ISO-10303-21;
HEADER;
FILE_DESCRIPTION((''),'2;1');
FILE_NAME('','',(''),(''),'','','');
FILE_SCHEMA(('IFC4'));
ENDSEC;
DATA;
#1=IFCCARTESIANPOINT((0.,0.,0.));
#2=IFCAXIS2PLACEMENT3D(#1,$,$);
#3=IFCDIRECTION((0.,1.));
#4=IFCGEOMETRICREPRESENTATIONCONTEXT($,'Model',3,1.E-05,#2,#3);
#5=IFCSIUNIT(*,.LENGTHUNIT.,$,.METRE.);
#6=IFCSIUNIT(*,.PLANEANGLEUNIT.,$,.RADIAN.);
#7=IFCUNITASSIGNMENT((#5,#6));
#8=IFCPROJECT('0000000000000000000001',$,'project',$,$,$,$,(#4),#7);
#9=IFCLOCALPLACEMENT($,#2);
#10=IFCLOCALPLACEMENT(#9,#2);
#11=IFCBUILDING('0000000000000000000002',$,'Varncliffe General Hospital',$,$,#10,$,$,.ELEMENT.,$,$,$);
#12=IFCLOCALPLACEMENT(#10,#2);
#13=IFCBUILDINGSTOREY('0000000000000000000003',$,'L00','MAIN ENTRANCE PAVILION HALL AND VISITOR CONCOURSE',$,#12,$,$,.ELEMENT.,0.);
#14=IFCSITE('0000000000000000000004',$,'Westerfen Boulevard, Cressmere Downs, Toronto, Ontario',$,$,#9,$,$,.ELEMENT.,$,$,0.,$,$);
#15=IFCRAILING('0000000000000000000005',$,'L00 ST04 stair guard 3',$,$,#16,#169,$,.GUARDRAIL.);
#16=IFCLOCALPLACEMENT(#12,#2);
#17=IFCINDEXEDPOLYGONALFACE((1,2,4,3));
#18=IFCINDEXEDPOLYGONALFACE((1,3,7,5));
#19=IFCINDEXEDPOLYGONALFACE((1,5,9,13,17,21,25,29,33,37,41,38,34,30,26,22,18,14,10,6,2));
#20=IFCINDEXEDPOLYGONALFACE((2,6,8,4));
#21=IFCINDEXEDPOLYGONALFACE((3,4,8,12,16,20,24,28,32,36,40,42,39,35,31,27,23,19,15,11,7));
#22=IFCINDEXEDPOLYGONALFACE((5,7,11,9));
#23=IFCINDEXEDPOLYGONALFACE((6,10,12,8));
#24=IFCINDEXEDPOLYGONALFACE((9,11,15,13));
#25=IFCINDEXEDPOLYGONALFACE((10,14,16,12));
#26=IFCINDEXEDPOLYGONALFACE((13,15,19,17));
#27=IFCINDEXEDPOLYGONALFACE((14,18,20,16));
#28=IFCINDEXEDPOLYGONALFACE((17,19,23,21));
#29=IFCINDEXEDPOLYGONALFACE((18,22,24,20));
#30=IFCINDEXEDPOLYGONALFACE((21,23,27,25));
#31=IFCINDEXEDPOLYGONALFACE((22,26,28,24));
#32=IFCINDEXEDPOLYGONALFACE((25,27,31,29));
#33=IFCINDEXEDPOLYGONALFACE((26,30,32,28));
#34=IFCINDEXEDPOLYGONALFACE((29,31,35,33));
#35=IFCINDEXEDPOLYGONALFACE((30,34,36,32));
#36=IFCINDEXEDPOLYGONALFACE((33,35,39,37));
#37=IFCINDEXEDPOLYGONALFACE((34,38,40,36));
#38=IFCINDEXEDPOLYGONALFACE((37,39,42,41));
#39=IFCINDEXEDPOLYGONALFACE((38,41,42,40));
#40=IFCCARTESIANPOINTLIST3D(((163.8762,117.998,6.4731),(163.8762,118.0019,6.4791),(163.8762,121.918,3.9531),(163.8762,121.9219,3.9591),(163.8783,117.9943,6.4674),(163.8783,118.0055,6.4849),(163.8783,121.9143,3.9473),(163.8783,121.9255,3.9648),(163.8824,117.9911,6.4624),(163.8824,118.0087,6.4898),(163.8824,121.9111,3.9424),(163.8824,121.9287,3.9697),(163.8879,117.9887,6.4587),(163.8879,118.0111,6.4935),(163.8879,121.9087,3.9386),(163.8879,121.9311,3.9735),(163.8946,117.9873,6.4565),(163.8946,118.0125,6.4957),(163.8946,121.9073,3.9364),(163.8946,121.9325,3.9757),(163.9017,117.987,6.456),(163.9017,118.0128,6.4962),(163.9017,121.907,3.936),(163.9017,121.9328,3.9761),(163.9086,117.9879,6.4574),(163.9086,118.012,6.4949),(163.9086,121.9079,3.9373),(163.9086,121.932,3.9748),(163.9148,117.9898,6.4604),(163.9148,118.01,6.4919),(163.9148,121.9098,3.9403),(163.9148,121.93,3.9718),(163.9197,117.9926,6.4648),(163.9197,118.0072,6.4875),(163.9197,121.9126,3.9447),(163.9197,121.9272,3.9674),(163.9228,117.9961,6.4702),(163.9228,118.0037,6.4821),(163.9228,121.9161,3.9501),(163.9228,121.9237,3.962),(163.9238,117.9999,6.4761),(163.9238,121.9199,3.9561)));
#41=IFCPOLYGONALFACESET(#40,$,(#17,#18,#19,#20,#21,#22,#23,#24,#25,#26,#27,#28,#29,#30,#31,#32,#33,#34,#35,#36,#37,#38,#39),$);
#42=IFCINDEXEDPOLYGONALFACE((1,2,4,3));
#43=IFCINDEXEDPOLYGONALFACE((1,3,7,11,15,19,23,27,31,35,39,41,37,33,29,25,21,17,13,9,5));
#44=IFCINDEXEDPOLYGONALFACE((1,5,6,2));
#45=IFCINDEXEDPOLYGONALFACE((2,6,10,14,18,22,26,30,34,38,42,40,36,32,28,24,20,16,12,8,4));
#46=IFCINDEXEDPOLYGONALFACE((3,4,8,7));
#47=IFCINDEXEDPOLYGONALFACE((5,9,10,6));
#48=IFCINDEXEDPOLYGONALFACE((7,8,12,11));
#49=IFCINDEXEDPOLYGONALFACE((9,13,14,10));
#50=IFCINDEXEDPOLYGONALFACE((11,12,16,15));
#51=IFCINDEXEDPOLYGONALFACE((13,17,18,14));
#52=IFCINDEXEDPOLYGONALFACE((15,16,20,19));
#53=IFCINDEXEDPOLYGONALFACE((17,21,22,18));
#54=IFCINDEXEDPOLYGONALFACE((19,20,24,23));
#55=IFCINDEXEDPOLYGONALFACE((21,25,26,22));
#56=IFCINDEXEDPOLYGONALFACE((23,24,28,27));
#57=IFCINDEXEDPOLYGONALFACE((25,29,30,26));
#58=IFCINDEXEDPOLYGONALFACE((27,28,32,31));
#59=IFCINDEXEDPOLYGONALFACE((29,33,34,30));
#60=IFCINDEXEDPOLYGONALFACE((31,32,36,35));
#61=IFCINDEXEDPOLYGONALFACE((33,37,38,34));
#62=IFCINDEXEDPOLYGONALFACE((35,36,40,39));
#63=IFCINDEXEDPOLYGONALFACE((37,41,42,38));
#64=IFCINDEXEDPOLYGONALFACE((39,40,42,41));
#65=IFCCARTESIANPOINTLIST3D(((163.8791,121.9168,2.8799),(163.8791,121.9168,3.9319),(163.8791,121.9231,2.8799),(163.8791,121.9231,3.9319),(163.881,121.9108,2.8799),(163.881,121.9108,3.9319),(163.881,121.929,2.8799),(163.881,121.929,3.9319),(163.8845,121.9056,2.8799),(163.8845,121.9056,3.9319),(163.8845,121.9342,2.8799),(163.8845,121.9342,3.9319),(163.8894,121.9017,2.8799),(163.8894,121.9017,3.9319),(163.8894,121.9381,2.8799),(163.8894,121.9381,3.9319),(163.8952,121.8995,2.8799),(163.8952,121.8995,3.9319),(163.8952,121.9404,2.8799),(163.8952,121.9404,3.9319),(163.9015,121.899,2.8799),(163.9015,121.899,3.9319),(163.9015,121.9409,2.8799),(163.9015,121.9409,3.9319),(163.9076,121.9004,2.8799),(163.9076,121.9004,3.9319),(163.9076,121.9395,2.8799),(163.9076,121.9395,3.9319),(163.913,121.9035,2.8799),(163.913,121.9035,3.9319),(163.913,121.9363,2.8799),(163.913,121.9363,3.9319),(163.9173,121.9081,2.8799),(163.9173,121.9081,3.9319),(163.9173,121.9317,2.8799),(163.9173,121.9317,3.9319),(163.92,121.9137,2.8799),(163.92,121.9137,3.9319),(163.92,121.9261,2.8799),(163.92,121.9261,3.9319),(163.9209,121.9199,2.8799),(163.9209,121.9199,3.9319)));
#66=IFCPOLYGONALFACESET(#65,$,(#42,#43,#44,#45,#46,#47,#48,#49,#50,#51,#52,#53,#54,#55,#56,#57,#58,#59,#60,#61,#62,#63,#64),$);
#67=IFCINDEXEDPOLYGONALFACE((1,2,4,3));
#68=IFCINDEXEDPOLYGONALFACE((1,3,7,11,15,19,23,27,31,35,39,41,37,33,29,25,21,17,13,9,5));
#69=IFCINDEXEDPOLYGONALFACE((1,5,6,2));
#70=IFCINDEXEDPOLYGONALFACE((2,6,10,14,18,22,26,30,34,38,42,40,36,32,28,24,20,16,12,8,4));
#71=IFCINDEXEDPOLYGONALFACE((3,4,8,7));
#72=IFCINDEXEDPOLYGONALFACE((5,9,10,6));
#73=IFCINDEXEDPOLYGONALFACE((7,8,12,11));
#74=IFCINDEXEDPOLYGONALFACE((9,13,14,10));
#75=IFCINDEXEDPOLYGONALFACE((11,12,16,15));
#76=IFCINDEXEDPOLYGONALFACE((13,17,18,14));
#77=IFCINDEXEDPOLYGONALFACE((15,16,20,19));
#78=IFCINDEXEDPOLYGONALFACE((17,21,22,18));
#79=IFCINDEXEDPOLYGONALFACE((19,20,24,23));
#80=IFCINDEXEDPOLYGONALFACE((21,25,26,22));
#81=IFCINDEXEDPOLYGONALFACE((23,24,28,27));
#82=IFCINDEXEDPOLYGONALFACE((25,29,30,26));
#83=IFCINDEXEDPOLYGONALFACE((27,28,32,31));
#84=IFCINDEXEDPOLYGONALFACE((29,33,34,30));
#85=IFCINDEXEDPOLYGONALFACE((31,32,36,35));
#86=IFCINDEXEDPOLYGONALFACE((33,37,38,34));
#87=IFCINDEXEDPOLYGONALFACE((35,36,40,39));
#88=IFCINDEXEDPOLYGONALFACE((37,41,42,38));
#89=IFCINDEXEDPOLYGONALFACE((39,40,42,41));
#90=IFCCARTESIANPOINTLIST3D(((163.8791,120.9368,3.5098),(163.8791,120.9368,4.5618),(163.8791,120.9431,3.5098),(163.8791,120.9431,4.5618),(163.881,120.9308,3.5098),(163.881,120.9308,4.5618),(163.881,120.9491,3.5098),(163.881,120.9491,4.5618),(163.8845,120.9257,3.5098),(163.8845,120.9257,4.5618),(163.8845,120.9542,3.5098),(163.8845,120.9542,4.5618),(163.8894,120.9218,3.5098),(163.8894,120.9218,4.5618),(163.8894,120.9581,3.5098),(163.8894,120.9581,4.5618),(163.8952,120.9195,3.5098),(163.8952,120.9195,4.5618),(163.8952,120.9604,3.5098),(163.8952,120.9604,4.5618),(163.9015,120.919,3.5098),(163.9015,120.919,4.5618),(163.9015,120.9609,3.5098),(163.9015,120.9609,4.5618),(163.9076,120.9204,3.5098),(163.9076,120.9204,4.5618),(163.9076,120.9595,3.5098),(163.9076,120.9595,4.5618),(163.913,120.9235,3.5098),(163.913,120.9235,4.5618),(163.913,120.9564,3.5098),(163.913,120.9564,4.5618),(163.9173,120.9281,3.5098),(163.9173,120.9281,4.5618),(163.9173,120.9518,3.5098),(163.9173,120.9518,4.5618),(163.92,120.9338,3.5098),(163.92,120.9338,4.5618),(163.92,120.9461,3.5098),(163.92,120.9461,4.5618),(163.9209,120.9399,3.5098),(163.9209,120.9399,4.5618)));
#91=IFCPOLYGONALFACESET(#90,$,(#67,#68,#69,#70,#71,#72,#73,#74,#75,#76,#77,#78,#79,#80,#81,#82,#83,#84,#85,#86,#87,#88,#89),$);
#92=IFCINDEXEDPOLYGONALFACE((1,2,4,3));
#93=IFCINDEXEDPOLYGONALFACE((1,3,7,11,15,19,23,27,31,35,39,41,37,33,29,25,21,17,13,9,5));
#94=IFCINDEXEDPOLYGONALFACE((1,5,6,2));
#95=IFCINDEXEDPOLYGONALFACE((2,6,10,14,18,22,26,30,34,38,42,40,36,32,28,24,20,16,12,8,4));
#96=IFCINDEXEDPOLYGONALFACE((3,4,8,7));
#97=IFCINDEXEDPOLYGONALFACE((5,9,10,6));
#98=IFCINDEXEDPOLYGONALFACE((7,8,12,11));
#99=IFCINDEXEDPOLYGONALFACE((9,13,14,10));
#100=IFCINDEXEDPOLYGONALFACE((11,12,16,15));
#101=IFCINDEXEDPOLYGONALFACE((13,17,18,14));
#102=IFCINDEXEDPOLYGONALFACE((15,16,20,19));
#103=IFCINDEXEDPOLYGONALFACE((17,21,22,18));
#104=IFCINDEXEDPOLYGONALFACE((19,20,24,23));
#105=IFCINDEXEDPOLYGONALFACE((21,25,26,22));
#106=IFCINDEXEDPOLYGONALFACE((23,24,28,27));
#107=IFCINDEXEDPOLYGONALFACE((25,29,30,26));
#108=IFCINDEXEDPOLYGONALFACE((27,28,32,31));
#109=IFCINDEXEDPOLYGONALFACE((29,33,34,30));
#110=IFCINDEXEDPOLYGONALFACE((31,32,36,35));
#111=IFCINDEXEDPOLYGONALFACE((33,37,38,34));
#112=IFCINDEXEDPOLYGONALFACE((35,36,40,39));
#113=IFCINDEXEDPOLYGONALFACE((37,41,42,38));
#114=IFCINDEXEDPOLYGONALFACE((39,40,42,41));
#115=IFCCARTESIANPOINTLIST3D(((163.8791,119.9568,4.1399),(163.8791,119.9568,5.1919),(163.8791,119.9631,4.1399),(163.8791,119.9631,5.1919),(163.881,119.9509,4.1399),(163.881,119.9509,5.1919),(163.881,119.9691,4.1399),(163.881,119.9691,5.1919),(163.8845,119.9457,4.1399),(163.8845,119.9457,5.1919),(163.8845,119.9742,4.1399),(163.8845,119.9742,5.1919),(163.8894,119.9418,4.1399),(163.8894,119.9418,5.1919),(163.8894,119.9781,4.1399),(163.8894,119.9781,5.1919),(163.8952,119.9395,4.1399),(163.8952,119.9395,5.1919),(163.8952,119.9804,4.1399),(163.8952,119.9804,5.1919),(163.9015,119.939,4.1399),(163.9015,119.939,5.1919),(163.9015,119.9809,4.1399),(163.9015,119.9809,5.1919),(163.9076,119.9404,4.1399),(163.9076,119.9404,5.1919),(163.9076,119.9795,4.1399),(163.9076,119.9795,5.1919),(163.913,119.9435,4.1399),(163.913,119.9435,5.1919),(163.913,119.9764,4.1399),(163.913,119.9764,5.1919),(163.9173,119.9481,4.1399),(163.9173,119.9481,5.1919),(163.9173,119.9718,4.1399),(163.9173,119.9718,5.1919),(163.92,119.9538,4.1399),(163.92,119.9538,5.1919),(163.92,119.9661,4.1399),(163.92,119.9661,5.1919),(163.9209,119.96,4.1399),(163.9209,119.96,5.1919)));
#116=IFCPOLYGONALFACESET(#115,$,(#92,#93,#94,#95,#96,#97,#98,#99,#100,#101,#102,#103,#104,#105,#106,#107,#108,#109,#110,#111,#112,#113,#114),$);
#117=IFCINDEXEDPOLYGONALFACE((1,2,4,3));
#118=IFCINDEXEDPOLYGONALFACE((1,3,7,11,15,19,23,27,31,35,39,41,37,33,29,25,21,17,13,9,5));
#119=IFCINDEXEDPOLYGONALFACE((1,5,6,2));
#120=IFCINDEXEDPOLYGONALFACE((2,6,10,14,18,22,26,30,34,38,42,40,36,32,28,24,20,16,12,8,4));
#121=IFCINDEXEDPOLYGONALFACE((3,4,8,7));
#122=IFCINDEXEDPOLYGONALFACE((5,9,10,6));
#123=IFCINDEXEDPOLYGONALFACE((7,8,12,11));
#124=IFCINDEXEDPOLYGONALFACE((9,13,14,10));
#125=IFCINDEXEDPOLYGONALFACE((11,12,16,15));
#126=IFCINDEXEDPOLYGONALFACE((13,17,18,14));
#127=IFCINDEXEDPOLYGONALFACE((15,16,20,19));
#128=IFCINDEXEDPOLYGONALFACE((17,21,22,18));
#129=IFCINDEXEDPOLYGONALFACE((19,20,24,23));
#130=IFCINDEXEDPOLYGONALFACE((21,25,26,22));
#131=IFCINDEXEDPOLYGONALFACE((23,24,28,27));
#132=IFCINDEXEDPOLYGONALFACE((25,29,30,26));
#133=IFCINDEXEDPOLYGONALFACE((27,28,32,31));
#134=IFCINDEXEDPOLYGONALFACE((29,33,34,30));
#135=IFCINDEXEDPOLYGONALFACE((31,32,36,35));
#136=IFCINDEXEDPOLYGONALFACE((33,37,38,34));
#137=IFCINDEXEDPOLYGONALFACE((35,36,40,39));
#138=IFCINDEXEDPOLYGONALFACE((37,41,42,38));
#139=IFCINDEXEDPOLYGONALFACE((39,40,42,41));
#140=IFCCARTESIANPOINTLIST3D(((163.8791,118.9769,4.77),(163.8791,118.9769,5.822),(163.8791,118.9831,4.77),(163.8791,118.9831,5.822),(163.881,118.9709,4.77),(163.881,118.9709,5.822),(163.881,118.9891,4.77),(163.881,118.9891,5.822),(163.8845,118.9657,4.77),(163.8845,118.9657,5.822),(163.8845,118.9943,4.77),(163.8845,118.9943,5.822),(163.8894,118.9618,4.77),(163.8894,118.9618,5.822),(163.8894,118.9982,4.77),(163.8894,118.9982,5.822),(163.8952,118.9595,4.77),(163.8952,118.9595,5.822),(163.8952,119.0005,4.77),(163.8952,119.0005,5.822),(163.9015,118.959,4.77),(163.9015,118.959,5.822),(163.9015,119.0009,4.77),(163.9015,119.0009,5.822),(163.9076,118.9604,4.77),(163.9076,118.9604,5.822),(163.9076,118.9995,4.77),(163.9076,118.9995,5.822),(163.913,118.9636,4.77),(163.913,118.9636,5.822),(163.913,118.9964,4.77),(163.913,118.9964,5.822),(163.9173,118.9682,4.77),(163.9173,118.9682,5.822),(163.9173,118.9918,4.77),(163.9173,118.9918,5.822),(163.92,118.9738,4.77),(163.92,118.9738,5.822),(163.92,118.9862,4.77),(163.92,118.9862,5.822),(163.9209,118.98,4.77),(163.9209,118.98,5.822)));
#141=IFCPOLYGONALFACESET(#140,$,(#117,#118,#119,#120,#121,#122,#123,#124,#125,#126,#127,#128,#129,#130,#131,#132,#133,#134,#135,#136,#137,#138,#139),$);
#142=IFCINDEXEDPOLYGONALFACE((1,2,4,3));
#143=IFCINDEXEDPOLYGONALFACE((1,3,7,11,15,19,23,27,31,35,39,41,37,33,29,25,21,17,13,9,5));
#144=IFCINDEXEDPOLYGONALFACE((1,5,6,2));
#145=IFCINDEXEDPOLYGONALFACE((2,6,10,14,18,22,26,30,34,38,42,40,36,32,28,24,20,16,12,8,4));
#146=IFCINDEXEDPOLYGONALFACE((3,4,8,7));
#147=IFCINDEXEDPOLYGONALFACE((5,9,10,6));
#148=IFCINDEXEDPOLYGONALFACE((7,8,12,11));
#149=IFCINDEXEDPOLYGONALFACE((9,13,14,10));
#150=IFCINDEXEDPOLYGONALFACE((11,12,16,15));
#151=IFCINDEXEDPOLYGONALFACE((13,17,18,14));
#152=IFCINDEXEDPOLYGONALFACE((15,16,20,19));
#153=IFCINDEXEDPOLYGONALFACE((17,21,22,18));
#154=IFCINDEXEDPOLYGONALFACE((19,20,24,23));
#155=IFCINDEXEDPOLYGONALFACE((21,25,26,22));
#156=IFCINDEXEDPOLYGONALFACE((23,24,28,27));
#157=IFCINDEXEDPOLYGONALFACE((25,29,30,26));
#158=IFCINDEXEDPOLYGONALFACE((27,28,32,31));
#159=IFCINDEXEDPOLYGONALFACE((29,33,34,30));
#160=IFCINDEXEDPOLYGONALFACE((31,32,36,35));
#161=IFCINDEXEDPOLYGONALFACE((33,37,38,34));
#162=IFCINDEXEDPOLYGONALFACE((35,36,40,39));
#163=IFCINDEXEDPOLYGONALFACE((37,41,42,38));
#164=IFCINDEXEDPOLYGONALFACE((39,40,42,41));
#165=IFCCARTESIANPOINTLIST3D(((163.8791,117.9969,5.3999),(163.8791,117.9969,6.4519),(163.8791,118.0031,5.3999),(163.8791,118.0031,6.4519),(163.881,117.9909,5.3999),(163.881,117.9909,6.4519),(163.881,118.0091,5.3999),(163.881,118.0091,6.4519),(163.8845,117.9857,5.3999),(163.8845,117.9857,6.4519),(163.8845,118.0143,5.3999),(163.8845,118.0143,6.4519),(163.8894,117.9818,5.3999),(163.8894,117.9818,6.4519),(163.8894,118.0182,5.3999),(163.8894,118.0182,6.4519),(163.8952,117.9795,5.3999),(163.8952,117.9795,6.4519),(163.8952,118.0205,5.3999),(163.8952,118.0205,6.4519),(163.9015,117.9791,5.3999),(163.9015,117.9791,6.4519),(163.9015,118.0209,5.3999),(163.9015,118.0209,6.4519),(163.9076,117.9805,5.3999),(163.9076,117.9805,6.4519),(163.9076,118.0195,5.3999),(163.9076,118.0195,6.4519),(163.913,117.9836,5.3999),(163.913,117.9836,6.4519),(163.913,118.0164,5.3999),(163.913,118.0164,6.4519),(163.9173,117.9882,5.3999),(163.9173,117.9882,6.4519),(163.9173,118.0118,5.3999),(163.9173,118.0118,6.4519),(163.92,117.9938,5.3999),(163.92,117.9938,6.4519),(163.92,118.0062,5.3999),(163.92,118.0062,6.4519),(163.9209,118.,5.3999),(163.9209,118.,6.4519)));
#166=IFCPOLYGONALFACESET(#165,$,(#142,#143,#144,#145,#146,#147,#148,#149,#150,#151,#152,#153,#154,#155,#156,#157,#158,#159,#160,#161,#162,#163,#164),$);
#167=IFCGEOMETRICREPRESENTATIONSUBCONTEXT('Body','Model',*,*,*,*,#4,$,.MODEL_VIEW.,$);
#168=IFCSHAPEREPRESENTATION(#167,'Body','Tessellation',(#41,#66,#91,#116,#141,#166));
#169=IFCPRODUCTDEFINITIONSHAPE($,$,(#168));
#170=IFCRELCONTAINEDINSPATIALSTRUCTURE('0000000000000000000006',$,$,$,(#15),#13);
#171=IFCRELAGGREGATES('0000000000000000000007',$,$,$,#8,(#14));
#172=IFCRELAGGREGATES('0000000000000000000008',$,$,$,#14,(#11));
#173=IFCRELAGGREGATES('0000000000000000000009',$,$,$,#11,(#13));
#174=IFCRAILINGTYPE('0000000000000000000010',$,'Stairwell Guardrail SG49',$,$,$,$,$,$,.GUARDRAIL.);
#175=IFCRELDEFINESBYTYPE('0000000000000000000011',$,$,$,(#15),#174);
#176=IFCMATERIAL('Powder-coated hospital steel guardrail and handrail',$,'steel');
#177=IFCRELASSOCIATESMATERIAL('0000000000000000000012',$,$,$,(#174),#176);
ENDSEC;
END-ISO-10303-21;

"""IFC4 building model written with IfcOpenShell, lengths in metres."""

from ifc_helpers import new_model, si_unit, direction, frame, origin, origin_2d, place, context, subcontext, project, spatial, circle, extrude, material, type_object, element, save


model = new_model("IFC4")

# Units and contexts
model_context = context("Model", 3, precision=1e-05, world=origin(), true_north=direction((0.0, 1.0)))
body_context = subcontext(model_context, "Body", "Model", "MODEL_VIEW")
ifc_project = project(units=[si_unit("LENGTHUNIT", "METRE"), si_unit("PLANEANGLEUNIT", "RADIAN")], contexts=[model_context])

# Site, building, storey
site_placement = place(None, origin())
site = spatial("IfcSite", under=ifc_project, at=site_placement, Name="Westerfen Boulevard, Cressmere Downs, Toronto, Ontario", CompositionType="ELEMENT", RefElevation=0.0)
building_placement = place(site_placement, origin())
building = spatial("IfcBuilding", under=site, at=building_placement, Name="Varncliffe General Hospital", CompositionType="ELEMENT")
storey_placement = place(building_placement, origin())
storey = spatial("IfcBuildingStorey", under=building, at=storey_placement, Name="L00", Description="MAIN ENTRANCE PAVILION HALL AND VISITOR CONCOURSE", CompositionType="ELEMENT", Elevation=0.0)

# Railing
ifc_material_1 = material(Name="Powder-coated hospital steel guardrail and handrail", Category="steel")
railing_type_1 = type_object("IfcRailingType", Name="Stairwell Guardrail SG49", PredefinedType="GUARDRAIL", material=ifc_material_1)
railing_1_placement = place(storey_placement, frame((163.8999, 121.9199, 2.8799)))
element("IfcRailing", 1, at=railing_1_placement, inside=storey, type_object=railing_type_1, Name="L00 ST04 stair guard 3", PredefinedType="GUARDRAIL", context=body_context, shape_type="SweptSolid", body=[
    extrude(circle(Radius=0.0239, at=origin_2d()), frame((0.0, 0.0, 1.0762), z_axis=(0.0, -0.841172, 0.540768), x_axis=(1.0, 0.0, 0.0)), (0.0, 0.0, 1.0), 4.6602),
    extrude(circle(Radius=0.021, at=origin_2d()), origin(), (0.0, 0.0, 1.0), 1.052),
    extrude(circle(Radius=0.021, at=origin_2d()), frame((0.0, -0.98, 0.6299)), (0.0, 0.0, 1.0), 1.052),
    extrude(circle(Radius=0.021, at=origin_2d()), frame((0.0, -1.96, 1.26)), (0.0, 0.0, 1.0), 1.052),
    extrude(circle(Radius=0.021, at=origin_2d()), frame((0.0, -2.9399, 1.8901)), (0.0, 0.0, 1.0), 1.052),
    extrude(circle(Radius=0.021, at=origin_2d()), frame((0.0, -3.9199, 2.52)), (0.0, 0.0, 1.0), 1.052),
])

save(model, "model.ifc")
